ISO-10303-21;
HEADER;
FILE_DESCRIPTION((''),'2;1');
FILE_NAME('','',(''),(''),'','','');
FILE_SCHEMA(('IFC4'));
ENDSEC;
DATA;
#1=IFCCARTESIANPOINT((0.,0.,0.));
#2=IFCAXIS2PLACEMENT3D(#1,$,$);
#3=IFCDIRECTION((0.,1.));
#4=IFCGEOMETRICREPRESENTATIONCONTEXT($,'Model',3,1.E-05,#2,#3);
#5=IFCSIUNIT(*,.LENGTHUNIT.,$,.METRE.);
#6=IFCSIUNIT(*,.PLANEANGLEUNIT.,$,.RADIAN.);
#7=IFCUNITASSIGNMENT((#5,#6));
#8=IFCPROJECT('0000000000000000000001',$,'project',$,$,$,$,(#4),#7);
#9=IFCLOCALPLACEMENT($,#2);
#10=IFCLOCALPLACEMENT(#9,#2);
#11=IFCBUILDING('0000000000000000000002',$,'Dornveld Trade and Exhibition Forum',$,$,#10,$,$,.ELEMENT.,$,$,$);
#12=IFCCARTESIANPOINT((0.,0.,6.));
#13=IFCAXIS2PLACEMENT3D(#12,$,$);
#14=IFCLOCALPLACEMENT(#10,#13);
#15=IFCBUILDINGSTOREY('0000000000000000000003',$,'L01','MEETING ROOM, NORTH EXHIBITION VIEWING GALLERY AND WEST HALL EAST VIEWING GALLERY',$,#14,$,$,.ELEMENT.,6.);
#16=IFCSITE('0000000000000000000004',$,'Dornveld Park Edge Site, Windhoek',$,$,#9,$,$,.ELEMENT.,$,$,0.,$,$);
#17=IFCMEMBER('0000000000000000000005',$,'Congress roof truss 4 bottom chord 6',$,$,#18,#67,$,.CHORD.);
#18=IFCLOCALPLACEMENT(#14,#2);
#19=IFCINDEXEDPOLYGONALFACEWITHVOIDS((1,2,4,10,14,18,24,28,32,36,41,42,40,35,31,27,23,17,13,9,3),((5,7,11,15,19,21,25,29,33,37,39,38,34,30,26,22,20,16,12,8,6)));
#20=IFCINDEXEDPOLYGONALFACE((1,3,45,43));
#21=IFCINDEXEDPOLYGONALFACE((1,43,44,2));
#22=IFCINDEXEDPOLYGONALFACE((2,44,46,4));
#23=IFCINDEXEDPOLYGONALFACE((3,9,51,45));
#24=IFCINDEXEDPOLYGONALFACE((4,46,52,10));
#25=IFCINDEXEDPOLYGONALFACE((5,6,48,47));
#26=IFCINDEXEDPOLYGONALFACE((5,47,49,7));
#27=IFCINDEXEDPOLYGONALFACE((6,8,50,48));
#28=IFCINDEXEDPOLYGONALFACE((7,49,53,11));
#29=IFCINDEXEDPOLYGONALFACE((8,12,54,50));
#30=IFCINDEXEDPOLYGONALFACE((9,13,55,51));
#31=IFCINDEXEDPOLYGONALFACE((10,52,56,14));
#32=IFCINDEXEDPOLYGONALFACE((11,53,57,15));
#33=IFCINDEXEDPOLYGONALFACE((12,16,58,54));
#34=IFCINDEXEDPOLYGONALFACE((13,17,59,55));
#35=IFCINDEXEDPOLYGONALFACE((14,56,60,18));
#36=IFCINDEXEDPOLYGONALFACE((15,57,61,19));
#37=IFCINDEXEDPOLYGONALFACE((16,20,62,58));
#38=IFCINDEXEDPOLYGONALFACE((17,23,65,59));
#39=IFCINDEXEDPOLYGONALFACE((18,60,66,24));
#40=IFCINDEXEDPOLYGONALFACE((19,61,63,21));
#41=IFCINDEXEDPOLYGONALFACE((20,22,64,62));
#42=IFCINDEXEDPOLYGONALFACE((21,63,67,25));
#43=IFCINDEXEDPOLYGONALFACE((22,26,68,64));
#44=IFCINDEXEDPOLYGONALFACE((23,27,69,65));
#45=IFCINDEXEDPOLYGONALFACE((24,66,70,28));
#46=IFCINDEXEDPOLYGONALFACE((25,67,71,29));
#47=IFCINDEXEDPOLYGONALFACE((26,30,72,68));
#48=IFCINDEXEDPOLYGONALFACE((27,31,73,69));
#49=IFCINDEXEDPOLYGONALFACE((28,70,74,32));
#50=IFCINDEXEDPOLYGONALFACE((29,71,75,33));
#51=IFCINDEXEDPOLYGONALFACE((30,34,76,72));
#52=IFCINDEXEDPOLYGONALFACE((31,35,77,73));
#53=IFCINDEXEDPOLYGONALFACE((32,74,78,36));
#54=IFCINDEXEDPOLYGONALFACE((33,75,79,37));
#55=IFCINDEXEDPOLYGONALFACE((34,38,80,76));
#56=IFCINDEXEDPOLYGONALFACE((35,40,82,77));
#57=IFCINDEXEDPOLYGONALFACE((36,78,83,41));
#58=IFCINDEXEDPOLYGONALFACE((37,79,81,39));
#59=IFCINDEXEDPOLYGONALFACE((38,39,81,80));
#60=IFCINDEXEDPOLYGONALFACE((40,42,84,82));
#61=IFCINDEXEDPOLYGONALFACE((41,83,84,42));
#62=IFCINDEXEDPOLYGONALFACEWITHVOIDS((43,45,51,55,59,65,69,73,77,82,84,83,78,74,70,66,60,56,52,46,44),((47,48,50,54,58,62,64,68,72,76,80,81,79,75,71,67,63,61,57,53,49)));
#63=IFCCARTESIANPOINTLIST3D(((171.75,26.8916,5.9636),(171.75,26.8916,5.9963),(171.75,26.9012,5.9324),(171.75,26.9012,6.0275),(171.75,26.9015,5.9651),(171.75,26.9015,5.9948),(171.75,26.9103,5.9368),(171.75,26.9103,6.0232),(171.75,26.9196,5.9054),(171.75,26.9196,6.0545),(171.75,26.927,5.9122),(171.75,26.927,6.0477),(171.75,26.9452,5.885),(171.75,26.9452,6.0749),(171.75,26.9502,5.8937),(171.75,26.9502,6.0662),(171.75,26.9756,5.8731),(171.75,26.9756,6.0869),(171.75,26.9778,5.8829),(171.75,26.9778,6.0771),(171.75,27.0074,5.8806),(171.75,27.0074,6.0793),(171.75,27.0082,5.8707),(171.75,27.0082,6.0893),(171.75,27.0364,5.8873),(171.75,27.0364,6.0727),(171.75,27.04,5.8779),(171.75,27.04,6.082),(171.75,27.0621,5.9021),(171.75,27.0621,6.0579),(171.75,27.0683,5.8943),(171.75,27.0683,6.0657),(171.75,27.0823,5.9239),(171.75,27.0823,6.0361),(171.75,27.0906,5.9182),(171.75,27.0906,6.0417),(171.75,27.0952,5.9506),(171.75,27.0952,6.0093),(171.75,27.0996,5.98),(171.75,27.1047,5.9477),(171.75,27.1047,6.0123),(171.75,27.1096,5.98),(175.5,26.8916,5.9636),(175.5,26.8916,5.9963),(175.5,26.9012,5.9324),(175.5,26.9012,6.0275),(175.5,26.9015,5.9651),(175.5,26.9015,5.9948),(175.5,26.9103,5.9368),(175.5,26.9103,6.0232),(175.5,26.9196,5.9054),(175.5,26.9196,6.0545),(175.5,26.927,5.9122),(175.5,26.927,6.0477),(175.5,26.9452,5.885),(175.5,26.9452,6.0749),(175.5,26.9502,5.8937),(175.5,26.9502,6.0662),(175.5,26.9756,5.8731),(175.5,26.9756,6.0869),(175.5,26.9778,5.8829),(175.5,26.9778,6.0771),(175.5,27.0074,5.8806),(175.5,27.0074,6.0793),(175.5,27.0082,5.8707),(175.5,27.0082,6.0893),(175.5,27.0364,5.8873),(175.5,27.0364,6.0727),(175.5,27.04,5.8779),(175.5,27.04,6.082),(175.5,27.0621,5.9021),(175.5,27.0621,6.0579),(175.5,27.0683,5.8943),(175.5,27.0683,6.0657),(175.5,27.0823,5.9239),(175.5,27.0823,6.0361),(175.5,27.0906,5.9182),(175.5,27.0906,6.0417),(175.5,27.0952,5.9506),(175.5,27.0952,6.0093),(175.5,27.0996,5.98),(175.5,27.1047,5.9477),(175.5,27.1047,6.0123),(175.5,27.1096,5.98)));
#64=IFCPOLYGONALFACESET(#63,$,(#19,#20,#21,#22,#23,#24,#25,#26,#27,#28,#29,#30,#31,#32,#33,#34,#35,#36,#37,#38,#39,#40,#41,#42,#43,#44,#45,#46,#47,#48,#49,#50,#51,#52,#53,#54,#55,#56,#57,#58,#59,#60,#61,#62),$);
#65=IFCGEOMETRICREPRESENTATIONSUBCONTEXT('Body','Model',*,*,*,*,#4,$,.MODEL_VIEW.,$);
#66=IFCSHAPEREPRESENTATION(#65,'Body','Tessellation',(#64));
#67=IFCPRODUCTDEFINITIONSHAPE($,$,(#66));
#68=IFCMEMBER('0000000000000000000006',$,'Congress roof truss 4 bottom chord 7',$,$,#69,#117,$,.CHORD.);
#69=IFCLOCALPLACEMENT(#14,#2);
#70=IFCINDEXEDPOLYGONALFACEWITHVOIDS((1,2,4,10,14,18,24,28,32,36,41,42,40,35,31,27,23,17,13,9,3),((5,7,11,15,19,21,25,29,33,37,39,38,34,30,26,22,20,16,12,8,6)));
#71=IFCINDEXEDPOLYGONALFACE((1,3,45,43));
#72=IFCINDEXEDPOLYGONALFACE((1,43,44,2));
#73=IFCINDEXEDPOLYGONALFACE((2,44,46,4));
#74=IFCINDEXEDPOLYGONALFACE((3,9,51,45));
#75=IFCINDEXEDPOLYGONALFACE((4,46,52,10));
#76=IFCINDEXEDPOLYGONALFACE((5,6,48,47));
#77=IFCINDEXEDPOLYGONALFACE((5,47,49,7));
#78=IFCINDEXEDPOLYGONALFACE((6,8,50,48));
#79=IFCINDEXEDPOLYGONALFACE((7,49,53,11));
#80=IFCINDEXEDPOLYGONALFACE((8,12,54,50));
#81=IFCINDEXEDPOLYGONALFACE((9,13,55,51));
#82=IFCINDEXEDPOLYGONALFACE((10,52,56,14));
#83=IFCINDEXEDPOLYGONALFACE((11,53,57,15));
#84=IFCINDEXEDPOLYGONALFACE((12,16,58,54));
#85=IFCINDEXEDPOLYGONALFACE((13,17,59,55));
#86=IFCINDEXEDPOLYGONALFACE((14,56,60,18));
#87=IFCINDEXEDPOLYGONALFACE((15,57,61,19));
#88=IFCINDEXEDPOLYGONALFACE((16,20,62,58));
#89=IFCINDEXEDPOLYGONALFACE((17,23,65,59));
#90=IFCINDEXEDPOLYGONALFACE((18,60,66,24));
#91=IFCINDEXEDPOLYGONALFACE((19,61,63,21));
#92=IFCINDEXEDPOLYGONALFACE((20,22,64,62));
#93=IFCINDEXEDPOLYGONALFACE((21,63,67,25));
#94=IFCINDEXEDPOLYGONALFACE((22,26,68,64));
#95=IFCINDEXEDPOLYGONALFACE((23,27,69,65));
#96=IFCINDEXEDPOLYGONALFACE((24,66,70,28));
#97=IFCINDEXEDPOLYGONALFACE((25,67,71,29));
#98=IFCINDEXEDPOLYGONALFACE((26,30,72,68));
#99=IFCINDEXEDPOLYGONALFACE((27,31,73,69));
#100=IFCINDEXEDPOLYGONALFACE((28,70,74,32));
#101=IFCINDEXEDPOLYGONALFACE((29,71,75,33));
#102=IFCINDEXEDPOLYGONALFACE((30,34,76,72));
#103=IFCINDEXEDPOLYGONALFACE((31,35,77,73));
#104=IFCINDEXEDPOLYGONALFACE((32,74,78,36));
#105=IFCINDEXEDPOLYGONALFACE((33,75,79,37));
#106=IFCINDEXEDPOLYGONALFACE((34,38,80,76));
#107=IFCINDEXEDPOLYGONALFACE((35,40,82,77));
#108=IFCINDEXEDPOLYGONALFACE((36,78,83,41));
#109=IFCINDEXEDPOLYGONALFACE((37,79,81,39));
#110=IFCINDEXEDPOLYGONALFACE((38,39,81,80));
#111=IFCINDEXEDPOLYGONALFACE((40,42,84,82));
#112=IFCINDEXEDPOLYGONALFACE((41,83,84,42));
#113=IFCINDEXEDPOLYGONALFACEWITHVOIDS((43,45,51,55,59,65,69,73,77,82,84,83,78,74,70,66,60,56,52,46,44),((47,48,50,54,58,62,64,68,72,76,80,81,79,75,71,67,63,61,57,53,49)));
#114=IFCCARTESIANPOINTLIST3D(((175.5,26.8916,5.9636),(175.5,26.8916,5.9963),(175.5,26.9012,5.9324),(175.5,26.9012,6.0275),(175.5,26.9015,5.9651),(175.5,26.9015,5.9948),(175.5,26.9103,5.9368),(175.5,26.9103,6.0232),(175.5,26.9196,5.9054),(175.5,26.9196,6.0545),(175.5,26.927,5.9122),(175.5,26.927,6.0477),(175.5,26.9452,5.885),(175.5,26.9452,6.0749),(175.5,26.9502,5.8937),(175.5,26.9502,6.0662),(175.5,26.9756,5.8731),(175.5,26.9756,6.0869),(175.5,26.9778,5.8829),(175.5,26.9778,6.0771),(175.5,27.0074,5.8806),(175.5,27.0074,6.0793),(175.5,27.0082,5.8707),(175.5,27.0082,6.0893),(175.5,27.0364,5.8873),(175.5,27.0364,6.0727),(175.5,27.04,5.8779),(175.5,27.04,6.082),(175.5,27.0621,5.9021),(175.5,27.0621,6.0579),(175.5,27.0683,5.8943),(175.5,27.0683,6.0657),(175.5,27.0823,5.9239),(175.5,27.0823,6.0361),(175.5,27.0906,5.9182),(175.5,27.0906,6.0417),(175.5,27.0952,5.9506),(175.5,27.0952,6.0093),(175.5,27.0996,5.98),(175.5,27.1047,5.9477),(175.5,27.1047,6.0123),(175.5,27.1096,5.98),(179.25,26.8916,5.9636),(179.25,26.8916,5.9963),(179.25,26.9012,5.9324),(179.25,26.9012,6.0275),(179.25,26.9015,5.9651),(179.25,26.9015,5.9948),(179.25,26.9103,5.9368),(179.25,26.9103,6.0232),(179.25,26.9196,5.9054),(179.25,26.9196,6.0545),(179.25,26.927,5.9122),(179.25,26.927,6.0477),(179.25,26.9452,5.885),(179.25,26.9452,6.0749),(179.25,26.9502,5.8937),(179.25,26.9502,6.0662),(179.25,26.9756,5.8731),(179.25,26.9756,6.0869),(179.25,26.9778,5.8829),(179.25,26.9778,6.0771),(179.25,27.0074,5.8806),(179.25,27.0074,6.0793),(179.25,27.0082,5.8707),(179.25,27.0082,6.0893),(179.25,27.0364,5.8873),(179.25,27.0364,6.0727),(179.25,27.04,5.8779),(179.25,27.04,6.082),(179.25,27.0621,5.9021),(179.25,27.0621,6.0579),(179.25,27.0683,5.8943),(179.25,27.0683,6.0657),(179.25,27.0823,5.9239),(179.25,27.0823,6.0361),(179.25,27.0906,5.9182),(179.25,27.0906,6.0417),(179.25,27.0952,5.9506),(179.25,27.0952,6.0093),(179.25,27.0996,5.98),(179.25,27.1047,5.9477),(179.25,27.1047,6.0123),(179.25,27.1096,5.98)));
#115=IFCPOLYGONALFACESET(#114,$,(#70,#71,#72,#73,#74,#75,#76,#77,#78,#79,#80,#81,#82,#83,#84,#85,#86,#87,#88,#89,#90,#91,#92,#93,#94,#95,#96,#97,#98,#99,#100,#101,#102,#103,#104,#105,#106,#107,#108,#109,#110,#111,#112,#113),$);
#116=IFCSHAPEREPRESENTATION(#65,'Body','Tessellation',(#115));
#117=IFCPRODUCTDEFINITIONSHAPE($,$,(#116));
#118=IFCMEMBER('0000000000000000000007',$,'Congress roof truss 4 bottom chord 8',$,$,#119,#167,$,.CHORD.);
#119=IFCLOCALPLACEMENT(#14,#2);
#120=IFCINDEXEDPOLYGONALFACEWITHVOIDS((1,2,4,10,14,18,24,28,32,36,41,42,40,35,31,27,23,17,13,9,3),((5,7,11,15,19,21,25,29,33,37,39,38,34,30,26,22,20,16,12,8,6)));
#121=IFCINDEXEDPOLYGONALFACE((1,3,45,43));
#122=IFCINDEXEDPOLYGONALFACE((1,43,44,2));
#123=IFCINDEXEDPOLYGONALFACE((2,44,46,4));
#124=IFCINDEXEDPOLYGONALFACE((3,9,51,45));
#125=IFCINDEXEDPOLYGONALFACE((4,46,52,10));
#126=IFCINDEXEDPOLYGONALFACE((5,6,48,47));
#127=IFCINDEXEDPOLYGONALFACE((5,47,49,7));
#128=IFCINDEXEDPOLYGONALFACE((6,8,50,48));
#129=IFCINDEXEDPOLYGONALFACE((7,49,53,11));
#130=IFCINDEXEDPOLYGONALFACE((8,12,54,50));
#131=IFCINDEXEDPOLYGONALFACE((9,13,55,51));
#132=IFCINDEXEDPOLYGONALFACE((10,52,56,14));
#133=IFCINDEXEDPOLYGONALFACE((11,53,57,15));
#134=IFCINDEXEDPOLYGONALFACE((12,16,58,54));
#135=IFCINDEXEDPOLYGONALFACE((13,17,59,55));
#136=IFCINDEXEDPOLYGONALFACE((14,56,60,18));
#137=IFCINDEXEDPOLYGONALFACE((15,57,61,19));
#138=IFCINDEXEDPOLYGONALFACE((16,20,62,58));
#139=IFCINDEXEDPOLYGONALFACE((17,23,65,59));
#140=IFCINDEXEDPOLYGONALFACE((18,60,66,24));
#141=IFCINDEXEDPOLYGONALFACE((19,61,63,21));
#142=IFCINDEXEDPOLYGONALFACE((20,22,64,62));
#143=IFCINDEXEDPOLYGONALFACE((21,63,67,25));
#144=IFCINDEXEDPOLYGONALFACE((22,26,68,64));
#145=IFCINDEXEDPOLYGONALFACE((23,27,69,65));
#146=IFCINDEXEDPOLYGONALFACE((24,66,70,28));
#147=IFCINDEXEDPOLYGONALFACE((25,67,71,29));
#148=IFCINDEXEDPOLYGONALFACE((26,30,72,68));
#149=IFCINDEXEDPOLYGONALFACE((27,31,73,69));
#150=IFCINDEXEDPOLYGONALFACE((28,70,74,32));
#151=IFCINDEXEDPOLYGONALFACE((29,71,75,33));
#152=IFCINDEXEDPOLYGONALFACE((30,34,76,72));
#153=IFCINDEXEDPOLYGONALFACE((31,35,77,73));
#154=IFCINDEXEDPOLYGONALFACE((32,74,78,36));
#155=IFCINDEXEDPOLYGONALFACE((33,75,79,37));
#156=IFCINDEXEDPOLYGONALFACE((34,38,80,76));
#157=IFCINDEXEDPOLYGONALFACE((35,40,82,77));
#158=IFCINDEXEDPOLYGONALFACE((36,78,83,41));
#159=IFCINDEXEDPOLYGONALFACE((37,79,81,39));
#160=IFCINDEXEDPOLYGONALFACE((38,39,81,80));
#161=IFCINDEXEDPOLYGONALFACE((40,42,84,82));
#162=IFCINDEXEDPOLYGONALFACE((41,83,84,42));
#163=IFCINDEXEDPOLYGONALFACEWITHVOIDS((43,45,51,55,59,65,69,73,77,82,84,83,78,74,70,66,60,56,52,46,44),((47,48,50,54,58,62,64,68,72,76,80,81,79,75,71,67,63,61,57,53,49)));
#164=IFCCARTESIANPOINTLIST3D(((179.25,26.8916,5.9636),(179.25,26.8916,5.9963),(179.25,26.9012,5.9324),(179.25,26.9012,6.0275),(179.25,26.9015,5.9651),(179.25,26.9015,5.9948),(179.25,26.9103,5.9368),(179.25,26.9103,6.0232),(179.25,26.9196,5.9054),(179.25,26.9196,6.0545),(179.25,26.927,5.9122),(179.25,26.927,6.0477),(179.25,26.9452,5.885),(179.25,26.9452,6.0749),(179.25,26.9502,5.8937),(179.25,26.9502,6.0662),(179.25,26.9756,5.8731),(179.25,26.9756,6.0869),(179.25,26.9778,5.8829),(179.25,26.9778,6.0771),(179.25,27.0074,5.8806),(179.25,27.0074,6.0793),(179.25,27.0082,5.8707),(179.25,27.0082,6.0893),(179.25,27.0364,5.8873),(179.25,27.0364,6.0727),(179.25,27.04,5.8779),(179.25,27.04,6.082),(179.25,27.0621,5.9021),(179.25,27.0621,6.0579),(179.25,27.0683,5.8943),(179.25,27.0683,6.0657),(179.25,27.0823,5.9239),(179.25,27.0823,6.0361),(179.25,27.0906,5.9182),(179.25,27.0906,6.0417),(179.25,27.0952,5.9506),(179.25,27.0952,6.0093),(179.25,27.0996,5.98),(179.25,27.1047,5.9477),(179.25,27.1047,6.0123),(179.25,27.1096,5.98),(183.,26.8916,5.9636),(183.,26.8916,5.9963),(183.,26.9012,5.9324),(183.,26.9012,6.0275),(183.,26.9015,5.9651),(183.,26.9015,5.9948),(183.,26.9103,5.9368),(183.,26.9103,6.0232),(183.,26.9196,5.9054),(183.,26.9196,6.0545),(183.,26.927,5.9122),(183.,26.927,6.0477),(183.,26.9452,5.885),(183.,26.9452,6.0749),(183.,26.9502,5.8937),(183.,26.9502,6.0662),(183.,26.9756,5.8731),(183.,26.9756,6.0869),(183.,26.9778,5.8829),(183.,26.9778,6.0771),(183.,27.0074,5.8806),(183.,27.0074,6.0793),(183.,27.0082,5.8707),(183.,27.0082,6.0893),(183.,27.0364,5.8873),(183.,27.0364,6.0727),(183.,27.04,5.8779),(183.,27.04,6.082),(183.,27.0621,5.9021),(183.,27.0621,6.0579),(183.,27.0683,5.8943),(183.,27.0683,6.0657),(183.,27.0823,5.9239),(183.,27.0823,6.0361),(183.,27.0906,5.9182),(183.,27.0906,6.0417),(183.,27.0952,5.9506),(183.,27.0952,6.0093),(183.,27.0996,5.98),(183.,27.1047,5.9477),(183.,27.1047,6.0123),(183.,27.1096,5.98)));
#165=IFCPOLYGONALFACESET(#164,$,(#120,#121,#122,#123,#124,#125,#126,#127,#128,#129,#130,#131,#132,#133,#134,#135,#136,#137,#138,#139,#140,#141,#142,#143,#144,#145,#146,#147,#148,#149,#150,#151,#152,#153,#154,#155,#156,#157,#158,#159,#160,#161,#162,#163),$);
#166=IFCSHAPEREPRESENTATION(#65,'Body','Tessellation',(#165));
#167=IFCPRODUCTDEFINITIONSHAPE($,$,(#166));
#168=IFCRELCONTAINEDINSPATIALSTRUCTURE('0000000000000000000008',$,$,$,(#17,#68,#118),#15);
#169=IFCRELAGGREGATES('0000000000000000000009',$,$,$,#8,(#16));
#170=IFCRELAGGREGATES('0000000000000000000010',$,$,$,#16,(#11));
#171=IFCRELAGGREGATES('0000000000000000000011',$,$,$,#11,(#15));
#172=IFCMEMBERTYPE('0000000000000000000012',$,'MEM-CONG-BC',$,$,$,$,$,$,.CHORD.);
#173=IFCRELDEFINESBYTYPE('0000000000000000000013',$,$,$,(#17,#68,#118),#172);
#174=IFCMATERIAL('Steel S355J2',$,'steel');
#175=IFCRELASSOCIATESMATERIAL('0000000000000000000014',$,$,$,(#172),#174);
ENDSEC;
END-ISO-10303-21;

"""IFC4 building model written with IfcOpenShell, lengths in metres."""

from ifc_helpers import new_model, si_unit, direction, frame, origin, origin_2d, place, context, subcontext, project, spatial, hollow_circle, extrude, material, material_profile, profile_set, type_object, element, save


model = new_model("IFC4")

# Units and contexts
model_context = context("Model", 3, precision=1e-05, world=origin(), true_north=direction((0.0, 1.0)))
body_context = subcontext(model_context, "Body", "Model", "MODEL_VIEW")
ifc_project = project(units=[si_unit("LENGTHUNIT", "METRE"), si_unit("PLANEANGLEUNIT", "RADIAN")], contexts=[model_context])

# Site, building, storey
site_placement = place(None, origin())
site = spatial("IfcSite", under=ifc_project, at=site_placement, Name="Dornveld Park Edge Site, Windhoek", CompositionType="ELEMENT", RefElevation=0.0)
building_placement = place(site_placement, origin())
building = spatial("IfcBuilding", under=site, at=building_placement, Name="Dornveld Trade and Exhibition Forum", CompositionType="ELEMENT")
storey_placement = place(building_placement, frame((0.0, 0.0, 6.0)))
storey = spatial("IfcBuildingStorey", under=building, at=storey_placement, Name="L01", Description="MEETING ROOM, NORTH EXHIBITION VIEWING GALLERY AND WEST HALL EAST VIEWING GALLERY", CompositionType="ELEMENT", Elevation=6.0)

# Members
ifc_material_1 = material(Name="Steel S355J2", Category="steel")
ifc_material_profile_1 = material_profile(ifc_material_1, hollow_circle(Radius=0.1096, WallThickness=0.01, at=origin_2d()), Name="CHS 219.1x10")
ifc_profile_set_1 = profile_set([ifc_material_profile_1], Name="Steel S355J2")
member_type_1 = type_object("IfcMemberType", Name="MEM-CONG-BC", PredefinedType="CHORD", material=ifc_profile_set_1)
for number, where, z_axis, x_axis, name in (
    (1, (171.75, 27.0, 5.98), (1.0, 0.0, 0.0), (0.0, 1.0, 0.0), "Congress roof truss 4 bottom chord 6"),
    (2, (175.5, 27.0, 5.98), (1.0, 0.0, 0.0), (0.0, 1.0, 0.0), "Congress roof truss 4 bottom chord 7"),
    (3, (179.25, 27.0, 5.98), (1.0, 0.0, 0.0), (0.0, 1.0, 0.0), "Congress roof truss 4 bottom chord 8"),
):
    element("IfcMember", number, at=place(storey_placement, frame(where, z_axis=z_axis, x_axis=x_axis)), inside=storey, type_object=member_type_1, Name=name, PredefinedType="CHORD", context=body_context, shape_type="SweptSolid", body=[
        extrude(hollow_circle(Radius=0.1096, WallThickness=0.01, at=origin_2d()), origin(), (0.0, 0.0, 1.0), 3.75),
    ])

save(model, "model.ifc")
